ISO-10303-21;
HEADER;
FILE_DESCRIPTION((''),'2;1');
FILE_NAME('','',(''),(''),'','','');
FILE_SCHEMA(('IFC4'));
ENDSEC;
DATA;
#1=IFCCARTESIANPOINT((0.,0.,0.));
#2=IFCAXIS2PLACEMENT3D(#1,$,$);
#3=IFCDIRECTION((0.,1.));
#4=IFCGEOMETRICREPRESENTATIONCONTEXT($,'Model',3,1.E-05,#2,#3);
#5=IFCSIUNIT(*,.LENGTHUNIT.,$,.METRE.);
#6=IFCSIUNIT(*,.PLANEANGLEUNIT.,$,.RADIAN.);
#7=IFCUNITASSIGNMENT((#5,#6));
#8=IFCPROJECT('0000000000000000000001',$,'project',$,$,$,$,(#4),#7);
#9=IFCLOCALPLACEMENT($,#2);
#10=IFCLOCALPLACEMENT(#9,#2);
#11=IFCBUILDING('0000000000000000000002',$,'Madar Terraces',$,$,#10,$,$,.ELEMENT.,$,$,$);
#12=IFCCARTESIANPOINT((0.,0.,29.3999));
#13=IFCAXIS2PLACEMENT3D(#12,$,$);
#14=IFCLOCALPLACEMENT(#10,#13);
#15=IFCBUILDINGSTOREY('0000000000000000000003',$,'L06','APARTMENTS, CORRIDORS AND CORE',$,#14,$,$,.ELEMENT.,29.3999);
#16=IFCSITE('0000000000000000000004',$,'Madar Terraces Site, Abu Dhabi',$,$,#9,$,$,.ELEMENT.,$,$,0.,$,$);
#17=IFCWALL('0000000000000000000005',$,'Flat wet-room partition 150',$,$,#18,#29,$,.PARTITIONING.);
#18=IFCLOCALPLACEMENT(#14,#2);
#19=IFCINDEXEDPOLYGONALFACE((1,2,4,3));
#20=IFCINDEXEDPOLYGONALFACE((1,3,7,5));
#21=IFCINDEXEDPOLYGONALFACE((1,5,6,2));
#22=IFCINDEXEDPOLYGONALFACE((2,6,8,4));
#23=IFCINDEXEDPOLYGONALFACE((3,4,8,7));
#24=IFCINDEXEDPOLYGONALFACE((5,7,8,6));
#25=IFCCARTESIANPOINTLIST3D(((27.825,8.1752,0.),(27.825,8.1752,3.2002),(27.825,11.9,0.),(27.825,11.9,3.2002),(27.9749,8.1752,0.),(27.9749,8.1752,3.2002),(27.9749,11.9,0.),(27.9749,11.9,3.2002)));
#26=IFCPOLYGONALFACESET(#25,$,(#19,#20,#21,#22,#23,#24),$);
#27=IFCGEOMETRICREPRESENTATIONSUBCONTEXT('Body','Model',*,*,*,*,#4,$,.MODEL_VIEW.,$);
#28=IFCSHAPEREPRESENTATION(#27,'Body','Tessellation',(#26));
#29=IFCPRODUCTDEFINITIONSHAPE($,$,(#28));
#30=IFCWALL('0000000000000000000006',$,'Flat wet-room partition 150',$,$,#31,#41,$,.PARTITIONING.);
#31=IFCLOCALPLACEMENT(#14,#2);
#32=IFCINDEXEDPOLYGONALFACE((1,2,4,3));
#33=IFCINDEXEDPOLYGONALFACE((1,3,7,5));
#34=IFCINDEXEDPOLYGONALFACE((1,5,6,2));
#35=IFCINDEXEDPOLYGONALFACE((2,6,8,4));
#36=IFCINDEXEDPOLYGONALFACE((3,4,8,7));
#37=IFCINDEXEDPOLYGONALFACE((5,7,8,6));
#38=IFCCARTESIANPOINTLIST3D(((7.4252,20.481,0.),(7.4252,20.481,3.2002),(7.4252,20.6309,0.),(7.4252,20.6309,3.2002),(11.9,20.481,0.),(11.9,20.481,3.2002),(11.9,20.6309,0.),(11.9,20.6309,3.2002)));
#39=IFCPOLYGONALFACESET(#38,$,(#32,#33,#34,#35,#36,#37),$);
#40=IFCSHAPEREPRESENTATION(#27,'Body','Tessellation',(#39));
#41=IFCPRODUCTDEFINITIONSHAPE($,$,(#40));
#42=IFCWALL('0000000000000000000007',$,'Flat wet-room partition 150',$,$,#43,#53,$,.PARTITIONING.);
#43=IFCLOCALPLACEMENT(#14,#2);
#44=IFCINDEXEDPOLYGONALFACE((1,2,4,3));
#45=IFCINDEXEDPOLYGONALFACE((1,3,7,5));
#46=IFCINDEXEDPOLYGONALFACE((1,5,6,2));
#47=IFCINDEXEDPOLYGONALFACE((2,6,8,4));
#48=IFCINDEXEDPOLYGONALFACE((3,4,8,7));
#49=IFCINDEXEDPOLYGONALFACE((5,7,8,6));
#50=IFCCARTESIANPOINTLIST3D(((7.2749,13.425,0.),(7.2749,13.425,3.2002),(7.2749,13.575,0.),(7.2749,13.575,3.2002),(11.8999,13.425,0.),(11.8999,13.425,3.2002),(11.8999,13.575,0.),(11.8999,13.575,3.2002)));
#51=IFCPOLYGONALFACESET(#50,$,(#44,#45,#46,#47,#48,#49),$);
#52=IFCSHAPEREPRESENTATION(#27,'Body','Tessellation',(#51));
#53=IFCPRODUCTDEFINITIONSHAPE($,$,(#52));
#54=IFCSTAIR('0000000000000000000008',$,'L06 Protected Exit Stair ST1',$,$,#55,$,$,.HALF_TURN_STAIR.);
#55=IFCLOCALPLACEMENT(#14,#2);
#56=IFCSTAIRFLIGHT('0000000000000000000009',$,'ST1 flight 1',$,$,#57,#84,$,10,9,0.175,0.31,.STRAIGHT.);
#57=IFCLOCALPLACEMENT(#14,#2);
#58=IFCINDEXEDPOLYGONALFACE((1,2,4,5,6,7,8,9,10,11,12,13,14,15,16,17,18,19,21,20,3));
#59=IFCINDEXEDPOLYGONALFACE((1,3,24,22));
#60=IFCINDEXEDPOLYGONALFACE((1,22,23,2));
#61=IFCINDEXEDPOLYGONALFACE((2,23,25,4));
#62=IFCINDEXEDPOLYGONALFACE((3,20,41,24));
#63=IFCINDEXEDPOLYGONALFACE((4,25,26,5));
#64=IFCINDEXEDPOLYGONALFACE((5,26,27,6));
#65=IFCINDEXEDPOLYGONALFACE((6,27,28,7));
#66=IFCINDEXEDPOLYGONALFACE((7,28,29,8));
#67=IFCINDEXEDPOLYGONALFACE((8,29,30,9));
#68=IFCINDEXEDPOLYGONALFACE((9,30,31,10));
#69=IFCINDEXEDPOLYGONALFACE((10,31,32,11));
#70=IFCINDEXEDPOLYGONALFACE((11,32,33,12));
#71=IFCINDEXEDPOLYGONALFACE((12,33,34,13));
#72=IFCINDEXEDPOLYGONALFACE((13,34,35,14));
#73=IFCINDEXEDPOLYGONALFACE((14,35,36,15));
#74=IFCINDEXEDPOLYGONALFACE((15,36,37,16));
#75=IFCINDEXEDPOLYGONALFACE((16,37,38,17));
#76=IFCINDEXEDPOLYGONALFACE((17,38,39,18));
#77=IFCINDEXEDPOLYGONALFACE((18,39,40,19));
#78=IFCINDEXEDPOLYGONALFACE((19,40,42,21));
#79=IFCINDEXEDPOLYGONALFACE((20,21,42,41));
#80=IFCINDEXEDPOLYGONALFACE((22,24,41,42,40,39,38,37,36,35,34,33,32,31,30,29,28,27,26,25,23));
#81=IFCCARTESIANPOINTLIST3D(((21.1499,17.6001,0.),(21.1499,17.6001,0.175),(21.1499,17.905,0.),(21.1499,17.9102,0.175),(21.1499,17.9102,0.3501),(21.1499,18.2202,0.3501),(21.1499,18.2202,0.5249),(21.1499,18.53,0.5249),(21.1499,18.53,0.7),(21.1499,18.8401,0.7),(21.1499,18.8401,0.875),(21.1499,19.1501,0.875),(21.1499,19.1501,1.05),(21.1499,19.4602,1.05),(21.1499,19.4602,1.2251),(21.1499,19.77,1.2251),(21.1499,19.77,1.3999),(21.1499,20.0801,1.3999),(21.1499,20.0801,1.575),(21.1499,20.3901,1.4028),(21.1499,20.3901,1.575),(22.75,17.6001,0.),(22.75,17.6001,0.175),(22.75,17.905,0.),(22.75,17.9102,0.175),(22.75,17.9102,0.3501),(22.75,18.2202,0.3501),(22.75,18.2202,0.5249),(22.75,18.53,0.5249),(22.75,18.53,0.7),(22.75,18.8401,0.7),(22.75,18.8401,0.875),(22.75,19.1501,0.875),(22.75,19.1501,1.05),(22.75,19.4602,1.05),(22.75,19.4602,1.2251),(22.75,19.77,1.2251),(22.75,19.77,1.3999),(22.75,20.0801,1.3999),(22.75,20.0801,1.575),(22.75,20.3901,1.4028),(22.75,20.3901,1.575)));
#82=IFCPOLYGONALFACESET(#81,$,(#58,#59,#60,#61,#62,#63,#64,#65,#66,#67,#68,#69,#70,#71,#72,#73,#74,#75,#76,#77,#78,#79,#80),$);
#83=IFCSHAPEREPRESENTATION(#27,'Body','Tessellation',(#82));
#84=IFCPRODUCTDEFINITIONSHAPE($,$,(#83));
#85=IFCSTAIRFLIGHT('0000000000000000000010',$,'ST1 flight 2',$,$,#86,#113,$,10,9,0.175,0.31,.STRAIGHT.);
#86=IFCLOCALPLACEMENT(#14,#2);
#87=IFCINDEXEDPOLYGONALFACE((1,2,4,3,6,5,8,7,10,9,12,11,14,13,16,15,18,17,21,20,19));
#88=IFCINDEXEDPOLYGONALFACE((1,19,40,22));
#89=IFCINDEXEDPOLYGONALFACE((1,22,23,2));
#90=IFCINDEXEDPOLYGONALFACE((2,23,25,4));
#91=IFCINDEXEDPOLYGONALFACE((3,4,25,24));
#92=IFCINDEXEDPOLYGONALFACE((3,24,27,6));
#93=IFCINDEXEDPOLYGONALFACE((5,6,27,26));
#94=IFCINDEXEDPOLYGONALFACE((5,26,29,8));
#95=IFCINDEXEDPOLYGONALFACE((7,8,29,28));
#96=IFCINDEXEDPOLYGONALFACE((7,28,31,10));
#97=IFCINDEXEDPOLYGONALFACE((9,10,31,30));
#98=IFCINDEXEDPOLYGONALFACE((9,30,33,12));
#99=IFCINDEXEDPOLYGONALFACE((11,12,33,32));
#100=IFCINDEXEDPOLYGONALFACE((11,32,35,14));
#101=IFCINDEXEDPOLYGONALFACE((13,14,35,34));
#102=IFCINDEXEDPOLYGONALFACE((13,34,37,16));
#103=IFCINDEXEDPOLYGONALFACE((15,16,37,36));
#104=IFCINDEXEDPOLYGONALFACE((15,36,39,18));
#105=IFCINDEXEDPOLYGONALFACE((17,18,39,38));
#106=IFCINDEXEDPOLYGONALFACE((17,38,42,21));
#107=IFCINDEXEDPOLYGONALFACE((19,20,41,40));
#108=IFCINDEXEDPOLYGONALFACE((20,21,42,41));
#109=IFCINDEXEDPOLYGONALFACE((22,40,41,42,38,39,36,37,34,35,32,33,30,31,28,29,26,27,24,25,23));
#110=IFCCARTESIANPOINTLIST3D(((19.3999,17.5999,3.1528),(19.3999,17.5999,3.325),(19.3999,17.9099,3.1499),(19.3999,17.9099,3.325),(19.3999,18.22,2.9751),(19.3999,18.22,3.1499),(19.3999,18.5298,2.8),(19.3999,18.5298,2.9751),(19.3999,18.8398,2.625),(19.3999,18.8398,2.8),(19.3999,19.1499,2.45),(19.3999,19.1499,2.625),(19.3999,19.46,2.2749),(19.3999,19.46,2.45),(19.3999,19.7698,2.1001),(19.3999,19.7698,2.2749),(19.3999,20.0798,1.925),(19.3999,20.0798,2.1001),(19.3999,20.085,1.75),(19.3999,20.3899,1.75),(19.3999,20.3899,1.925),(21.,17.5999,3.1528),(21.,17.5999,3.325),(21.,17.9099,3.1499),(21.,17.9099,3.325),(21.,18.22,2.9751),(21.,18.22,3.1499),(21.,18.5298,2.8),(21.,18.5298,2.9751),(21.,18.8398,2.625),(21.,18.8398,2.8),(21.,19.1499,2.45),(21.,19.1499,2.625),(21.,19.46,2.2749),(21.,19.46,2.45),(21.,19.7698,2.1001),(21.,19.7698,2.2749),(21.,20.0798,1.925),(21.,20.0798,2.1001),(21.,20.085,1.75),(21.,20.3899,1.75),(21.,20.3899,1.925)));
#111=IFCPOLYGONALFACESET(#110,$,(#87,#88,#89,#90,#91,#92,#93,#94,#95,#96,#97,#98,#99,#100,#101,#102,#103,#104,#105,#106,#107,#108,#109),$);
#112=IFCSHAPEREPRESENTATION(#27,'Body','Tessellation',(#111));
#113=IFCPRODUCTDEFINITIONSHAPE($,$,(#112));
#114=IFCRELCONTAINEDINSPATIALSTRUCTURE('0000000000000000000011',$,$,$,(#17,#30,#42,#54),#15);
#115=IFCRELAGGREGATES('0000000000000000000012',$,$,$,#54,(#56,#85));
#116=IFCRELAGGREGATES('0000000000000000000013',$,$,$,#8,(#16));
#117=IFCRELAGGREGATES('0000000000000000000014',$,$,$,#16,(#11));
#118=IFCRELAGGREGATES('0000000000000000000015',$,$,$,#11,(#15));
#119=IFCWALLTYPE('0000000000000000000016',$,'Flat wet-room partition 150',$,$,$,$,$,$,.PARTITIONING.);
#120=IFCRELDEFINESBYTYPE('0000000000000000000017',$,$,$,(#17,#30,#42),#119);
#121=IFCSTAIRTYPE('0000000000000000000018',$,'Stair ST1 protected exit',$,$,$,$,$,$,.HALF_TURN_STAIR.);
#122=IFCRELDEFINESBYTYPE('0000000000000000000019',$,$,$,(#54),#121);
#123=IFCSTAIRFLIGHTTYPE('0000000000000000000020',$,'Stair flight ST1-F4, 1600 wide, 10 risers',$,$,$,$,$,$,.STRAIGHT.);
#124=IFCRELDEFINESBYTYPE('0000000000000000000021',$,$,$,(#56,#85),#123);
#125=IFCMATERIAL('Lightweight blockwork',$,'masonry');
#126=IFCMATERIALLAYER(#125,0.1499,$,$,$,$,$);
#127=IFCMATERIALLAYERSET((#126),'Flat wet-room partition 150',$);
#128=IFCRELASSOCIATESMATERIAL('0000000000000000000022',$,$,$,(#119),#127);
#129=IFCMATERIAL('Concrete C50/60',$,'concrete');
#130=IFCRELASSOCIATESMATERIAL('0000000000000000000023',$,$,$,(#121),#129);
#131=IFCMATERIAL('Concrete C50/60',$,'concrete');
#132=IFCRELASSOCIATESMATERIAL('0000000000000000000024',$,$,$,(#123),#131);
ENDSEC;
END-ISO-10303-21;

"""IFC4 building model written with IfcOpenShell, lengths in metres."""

from ifc_helpers import new_model, si_unit, direction, frame, frame_2d, origin, place, context, subcontext, project, spatial, polyline, rectangle, outline, extrude, material, layer, layer_set, type_object, element, aggregate, save


model = new_model("IFC4")

# Units and contexts
model_context = context("Model", 3, precision=1e-05, world=origin(), true_north=direction((0.0, 1.0)))
body_context = subcontext(model_context, "Body", "Model", "MODEL_VIEW")
ifc_project = project(units=[si_unit("LENGTHUNIT", "METRE"), si_unit("PLANEANGLEUNIT", "RADIAN")], contexts=[model_context])

# Site, building, storey
site_placement = place(None, origin())
site = spatial("IfcSite", under=ifc_project, at=site_placement, Name="Madar Terraces Site, Abu Dhabi", CompositionType="ELEMENT", RefElevation=0.0)
building_placement = place(site_placement, origin())
building = spatial("IfcBuilding", under=site, at=building_placement, Name="Madar Terraces", CompositionType="ELEMENT")
storey_placement = place(building_placement, frame((0.0, 0.0, 29.3999)))
storey = spatial("IfcBuildingStorey", under=building, at=storey_placement, Name="L06", Description="APARTMENTS, CORRIDORS AND CORE", CompositionType="ELEMENT", Elevation=29.3999)

# Walls
ifc_material_1 = material(Name="Lightweight blockwork", Category="masonry")
ifc_layer_1 = layer(ifc_material_1, 0.1499)
ifc_layer_set_1 = layer_set([ifc_layer_1], Name="Flat wet-room partition 150")
wall_type_1 = type_object("IfcWallType", Name="Flat wet-room partition 150", PredefinedType="PARTITIONING", material=ifc_layer_set_1)
wall_1_placement = place(storey_placement, frame((27.8999, 11.8999, 0.0), z_axis=(0.0, 0.0, 1.0), x_axis=(0.0, -1.0, 0.0)))
element("IfcWall", 1, at=wall_1_placement, inside=storey, type_object=wall_type_1, Name="Flat wet-room partition 150", PredefinedType="PARTITIONING", context=body_context, shape_type="SweptSolid", body=[
    extrude(rectangle(XDim=3.7249, YDim=0.1499, at=frame_2d((1.8623, 0.0))), origin(), (0.0, 0.0, 1.0), 3.2002),
])
wall_2_placement = place(storey_placement, frame((11.8999, 20.5559, 0.0), z_axis=(0.0, 0.0, 1.0), x_axis=(-1.0, 0.0, 0.0)))
element("IfcWall", 2, at=wall_2_placement, inside=storey, type_object=wall_type_1, Name="Flat wet-room partition 150", PredefinedType="PARTITIONING", context=body_context, shape_type="SweptSolid", body=[
    extrude(rectangle(XDim=4.4749, YDim=0.1499, at=frame_2d((2.2373, 0.0))), origin(), (0.0, 0.0, 1.0), 3.2002),
])
wall_3_placement = place(storey_placement, frame((11.8999, 13.5, 0.0), z_axis=(0.0, 0.0, 1.0), x_axis=(-1.0, 0.0, 0.0)))
element("IfcWall", 3, at=wall_3_placement, inside=storey, type_object=wall_type_1, Name="Flat wet-room partition 150", PredefinedType="PARTITIONING", context=body_context, shape_type="SweptSolid", body=[
    extrude(rectangle(XDim=4.625, YDim=0.1499, at=frame_2d((2.3125, 0.0))), origin(), (0.0, 0.0, 1.0), 3.2002),
])

# Stair, stair flights
ifc_material_2 = material(Name="Concrete C50/60", Category="concrete")
stair_type = type_object("IfcStairType", Name="Stair ST1 protected exit", PredefinedType="HALF_TURN_STAIR", material=ifc_material_2)
stair_placement = place(storey_placement, origin())
stair = element("IfcStair", 4, at=stair_placement, inside=storey, type_object=stair_type, Name="L06 Protected Exit Stair ST1", PredefinedType="HALF_TURN_STAIR")
ifc_material_3 = material(Name="Concrete C50/60", Category="concrete")
stair_flight_type = type_object("IfcStairFlightType", Name="Stair flight ST1-F4, 1600 wide, 10 risers", PredefinedType="STRAIGHT", material=ifc_material_3)
stair_flight_1_placement = place(storey_placement, frame((21.95, 17.6001, 0.0), z_axis=(0.0, 0.0, 1.0), x_axis=(0.0, 1.0, 0.0)))
stair_flight_1 = element("IfcStairFlight", 5, at=stair_flight_1_placement, type_object=stair_flight_type, Name="ST1 flight 1", NumberOfRisers=10, NumberOfTreads=9, PredefinedType="STRAIGHT", RiserHeight=0.175, TreadLength=0.31, context=body_context, shape_type="SweptSolid", body=[
    extrude(outline(polyline([(0.0, 0.0), (0.0, 0.175), (0.3101, 0.175), (0.3101, 0.3501), (0.6201, 0.3501), (0.6201, 0.5249), (0.9299, 0.5249), (0.9299, 0.7), (1.24, 0.7), (1.24, 0.875), (1.55, 0.875), (1.55, 1.05), (1.8601, 1.05), (1.8601, 1.2251), (2.1699, 1.2251), (2.1699, 1.3999), (2.48, 1.3999), (2.48, 1.575), (2.79, 1.575), (2.79, 1.75), (2.79, 1.4028), (0.3049, 0.0), (0.0, 0.0)])), frame((0.0, 0.8, 0.0), z_axis=(0.0, -1.0, 0.0), x_axis=(1.0, 0.0, 0.0)), (0.0, 0.0, 1.0), 1.6001),
])
stair_flight_2_placement = place(storey_placement, frame((20.2, 20.3899, 1.75), z_axis=(0.0, 0.0, 1.0), x_axis=(0.0, -1.0, 0.0)))
stair_flight_2 = element("IfcStairFlight", 6, at=stair_flight_2_placement, type_object=stair_flight_type, Name="ST1 flight 2", NumberOfRisers=10, NumberOfTreads=9, PredefinedType="STRAIGHT", RiserHeight=0.175, TreadLength=0.31, context=body_context, shape_type="SweptSolid", body=[
    extrude(outline(polyline([(0.0, 0.0), (0.0, 0.175), (0.3101, 0.175), (0.3101, 0.3501), (0.6201, 0.3501), (0.6201, 0.5249), (0.9299, 0.5249), (0.9299, 0.7), (1.24, 0.7), (1.24, 0.875), (1.55, 0.875), (1.55, 1.05), (1.8601, 1.05), (1.8601, 1.2251), (2.1699, 1.2251), (2.1699, 1.3999), (2.48, 1.3999), (2.48, 1.575), (2.79, 1.575), (2.79, 1.75), (2.79, 1.4028), (0.3049, 0.0), (0.0, 0.0)])), frame((0.0, 0.8, 0.0), z_axis=(0.0, -1.0, 0.0), x_axis=(1.0, 0.0, 0.0)), (0.0, 0.0, 1.0), 1.6001),
])
aggregate(stair, [stair_flight_1, stair_flight_2])

save(model, "model.ifc")
